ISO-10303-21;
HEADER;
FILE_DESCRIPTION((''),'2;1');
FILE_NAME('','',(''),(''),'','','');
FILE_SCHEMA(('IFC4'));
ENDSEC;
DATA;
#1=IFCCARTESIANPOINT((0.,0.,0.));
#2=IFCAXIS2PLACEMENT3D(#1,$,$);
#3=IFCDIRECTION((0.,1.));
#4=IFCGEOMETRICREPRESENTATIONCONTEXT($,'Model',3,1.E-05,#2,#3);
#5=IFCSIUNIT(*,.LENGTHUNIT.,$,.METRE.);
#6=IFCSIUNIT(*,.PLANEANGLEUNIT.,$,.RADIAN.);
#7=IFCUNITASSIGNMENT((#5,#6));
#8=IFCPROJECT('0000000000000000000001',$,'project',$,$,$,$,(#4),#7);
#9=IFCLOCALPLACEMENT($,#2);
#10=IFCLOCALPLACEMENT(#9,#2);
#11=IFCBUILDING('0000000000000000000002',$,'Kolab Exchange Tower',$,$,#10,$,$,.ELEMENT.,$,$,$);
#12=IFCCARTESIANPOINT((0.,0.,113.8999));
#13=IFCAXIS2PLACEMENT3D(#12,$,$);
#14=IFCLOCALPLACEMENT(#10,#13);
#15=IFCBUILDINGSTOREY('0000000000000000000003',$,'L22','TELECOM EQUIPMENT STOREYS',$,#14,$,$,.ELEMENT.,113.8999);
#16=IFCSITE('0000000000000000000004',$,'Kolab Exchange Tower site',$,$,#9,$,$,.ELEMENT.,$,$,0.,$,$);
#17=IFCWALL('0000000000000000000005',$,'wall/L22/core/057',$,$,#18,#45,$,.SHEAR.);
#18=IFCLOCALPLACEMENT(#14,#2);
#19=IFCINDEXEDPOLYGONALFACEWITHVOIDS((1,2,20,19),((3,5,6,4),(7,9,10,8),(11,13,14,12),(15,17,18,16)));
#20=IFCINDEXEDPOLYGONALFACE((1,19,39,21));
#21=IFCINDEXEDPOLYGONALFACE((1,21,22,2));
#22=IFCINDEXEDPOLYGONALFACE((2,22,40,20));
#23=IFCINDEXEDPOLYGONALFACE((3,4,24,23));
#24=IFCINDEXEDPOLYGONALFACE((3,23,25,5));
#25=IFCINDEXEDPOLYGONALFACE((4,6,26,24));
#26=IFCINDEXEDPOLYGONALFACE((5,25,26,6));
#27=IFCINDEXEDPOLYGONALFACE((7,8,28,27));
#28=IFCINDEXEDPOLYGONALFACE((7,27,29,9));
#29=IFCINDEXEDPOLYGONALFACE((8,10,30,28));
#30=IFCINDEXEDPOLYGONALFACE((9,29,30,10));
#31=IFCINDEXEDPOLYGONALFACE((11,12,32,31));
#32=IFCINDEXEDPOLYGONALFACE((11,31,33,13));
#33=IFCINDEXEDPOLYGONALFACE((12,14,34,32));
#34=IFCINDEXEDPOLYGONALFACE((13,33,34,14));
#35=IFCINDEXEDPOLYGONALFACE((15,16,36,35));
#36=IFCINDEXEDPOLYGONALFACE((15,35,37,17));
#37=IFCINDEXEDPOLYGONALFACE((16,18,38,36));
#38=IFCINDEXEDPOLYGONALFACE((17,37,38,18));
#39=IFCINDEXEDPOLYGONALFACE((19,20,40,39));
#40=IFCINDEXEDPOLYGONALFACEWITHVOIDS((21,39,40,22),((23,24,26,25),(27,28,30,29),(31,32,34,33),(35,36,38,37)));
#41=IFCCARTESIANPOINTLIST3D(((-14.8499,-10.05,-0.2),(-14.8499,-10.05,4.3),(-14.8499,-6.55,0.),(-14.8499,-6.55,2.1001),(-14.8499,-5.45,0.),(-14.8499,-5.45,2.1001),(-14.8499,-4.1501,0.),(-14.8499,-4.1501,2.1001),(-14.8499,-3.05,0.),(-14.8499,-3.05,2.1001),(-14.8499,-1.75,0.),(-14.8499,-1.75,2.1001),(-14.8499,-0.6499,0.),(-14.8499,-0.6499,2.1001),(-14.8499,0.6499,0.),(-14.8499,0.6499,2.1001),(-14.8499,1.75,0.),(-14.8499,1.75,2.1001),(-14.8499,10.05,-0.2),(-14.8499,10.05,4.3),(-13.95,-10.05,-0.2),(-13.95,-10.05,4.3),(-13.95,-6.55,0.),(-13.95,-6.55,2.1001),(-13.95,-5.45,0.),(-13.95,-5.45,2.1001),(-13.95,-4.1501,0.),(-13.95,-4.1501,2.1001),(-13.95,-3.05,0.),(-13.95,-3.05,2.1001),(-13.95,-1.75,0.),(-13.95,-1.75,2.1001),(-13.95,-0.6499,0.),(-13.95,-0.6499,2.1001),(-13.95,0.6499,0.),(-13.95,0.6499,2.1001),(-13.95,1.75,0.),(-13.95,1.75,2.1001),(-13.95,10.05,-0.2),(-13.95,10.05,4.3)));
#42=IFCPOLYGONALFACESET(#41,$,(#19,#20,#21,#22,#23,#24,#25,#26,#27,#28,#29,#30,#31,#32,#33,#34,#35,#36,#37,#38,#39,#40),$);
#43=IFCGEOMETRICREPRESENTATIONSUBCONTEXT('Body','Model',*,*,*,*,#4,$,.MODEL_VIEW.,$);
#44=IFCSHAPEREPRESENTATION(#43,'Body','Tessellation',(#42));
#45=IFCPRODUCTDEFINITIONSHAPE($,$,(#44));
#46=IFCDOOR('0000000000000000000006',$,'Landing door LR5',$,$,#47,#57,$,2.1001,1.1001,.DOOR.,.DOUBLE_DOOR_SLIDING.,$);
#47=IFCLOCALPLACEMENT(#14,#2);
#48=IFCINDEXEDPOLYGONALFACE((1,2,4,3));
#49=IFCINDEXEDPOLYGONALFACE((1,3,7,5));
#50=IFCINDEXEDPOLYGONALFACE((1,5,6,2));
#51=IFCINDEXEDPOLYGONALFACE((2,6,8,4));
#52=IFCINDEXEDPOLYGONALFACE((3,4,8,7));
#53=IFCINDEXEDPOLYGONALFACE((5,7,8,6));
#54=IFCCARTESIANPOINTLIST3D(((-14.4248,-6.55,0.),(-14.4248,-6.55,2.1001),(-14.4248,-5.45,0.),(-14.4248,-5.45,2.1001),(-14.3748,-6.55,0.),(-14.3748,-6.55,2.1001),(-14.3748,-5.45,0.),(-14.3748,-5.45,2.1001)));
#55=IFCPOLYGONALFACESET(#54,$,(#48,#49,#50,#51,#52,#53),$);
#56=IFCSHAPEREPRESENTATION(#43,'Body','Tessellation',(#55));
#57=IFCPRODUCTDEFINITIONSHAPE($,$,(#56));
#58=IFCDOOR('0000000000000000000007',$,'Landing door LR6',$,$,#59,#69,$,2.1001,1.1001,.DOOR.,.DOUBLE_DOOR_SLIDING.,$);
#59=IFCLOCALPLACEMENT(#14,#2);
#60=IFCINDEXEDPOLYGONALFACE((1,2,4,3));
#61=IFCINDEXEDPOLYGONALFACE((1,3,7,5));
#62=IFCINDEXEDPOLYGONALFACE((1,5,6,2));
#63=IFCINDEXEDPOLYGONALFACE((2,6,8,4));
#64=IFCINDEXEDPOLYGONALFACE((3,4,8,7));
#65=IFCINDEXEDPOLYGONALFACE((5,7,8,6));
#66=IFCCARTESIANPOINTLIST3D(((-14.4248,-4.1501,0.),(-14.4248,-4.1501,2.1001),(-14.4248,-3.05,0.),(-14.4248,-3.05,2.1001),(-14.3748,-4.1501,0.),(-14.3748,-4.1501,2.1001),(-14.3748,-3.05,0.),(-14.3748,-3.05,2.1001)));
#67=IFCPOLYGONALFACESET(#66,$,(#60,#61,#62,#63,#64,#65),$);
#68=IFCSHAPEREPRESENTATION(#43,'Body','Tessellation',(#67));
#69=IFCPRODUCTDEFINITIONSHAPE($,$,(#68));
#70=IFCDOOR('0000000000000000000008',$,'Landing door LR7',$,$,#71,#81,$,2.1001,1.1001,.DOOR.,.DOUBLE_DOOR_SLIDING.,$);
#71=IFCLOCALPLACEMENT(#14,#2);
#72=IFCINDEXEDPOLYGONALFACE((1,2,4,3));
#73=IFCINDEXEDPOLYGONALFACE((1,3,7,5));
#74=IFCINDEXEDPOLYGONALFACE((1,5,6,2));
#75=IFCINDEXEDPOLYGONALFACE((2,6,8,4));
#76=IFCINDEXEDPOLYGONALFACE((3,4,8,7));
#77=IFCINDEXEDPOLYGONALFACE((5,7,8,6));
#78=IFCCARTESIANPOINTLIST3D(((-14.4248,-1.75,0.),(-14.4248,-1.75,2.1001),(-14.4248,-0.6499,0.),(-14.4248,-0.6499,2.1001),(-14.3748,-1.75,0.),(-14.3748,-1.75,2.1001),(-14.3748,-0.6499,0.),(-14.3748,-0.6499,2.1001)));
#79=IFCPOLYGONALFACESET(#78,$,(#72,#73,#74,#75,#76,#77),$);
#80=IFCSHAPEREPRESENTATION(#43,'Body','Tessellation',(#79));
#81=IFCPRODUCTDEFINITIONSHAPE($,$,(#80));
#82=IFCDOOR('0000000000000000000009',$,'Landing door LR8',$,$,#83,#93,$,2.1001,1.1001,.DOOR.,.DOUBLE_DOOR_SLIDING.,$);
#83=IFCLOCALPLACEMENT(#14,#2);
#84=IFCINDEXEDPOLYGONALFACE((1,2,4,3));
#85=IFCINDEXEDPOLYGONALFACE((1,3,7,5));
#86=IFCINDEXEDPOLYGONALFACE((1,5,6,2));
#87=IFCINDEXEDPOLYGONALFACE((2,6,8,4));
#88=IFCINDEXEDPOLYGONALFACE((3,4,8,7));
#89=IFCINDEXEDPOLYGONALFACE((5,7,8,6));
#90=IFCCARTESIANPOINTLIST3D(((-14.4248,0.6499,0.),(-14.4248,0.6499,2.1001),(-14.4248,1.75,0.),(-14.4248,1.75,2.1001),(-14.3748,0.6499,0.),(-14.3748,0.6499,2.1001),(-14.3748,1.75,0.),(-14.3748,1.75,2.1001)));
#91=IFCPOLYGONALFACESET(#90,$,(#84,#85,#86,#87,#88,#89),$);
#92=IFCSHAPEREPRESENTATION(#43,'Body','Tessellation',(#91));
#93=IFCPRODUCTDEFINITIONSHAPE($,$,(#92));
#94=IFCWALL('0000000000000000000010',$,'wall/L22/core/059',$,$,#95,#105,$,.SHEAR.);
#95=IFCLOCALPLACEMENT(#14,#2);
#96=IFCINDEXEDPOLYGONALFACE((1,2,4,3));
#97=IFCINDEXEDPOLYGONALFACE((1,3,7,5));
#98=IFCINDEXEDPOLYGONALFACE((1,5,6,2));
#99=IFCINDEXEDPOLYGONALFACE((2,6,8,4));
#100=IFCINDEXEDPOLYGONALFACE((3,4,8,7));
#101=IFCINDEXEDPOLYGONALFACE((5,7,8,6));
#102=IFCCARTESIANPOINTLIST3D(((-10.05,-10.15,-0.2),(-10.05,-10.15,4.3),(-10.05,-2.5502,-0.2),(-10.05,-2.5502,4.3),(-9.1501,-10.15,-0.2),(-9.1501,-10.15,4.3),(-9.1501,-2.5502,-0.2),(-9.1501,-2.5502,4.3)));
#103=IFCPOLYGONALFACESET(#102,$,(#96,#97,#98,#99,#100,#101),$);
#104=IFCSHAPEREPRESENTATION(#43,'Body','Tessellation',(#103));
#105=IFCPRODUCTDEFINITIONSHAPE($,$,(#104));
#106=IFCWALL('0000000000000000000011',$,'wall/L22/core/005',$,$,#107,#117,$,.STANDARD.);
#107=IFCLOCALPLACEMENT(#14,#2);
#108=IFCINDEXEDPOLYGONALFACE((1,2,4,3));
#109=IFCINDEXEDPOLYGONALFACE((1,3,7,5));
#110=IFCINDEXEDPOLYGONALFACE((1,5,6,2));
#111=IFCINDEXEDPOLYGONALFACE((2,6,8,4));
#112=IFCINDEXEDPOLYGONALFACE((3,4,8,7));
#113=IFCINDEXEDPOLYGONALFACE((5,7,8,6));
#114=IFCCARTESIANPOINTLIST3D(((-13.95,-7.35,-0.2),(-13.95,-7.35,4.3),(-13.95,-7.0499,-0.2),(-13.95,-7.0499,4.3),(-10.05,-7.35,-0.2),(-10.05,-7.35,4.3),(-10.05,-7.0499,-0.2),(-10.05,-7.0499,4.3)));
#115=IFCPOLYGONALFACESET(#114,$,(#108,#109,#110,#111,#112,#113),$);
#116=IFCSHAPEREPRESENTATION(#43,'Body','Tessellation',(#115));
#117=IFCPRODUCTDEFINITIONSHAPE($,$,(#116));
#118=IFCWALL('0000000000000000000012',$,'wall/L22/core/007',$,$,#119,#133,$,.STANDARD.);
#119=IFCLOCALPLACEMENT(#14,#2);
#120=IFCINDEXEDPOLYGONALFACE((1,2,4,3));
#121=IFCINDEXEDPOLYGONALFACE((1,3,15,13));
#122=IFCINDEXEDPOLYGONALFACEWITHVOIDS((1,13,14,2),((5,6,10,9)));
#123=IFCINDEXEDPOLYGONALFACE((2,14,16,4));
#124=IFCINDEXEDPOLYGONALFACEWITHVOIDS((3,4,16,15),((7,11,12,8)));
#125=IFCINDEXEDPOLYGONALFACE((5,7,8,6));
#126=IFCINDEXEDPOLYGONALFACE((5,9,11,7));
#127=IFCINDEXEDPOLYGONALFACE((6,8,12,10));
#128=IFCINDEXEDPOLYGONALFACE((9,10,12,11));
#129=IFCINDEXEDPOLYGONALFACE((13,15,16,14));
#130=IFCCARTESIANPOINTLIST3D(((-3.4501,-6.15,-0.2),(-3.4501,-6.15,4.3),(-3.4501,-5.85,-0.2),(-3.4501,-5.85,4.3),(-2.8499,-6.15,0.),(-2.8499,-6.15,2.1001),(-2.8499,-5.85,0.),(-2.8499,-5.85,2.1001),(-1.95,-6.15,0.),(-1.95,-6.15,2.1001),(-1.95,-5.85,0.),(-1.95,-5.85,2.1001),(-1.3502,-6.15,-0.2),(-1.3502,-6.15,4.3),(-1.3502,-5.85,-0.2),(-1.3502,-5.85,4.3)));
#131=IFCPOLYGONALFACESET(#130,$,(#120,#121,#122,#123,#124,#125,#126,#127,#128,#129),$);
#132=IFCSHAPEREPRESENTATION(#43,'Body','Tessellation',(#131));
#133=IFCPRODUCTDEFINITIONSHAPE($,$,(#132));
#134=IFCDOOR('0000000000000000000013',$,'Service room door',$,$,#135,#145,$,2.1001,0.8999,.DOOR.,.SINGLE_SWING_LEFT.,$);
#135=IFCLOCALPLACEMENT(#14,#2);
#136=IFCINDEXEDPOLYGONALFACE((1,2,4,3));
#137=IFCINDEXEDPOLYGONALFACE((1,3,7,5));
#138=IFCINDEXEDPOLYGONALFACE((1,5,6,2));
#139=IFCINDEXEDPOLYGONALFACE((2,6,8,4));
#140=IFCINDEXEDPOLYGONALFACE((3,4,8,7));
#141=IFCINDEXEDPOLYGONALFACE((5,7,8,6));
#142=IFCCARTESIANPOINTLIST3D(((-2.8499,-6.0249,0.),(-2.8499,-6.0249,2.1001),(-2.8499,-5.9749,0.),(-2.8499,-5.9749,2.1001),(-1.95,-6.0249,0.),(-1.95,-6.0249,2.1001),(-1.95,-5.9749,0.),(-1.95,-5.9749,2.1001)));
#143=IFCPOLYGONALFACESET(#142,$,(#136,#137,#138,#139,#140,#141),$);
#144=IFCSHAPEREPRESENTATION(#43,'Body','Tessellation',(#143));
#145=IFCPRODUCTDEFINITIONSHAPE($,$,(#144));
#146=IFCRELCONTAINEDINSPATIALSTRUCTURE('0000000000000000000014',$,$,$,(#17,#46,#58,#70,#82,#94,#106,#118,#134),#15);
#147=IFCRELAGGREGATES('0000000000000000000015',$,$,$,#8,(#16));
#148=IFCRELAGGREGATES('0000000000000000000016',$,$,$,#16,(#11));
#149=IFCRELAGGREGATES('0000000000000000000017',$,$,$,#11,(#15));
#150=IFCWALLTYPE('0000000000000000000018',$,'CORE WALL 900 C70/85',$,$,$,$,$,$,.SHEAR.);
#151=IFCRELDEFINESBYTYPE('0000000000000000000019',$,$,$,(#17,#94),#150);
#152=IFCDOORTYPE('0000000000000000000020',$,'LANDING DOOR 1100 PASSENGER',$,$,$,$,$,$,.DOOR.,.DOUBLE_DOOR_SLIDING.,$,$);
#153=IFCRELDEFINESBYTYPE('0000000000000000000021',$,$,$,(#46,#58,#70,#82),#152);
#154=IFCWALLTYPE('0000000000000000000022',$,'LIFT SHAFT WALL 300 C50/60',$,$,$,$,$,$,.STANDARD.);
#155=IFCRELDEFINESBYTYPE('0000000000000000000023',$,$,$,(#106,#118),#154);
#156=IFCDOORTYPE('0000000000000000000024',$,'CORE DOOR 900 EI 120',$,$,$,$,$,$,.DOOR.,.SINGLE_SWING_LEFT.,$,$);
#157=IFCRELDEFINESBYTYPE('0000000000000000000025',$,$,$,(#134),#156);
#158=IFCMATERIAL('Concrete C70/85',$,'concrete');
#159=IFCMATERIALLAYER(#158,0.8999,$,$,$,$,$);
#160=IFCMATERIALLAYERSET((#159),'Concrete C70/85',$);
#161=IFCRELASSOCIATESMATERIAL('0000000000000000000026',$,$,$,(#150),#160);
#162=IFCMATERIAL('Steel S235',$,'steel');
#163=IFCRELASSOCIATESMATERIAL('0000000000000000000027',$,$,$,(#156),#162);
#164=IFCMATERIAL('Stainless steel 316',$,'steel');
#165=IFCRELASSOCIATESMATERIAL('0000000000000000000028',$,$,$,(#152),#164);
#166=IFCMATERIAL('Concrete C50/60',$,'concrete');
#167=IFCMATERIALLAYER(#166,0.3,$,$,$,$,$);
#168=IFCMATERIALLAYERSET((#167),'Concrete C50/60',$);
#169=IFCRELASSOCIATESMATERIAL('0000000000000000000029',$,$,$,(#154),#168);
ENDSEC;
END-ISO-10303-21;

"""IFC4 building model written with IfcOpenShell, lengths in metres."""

from ifc_helpers import new_model, si_unit, direction, frame, frame_2d, origin, place, context, subcontext, project, spatial, rectangle, extrude, material, layer, layer_set, type_object, element, fill, save


model = new_model("IFC4")

# Units and contexts
model_context = context("Model", 3, precision=1e-05, world=origin(), true_north=direction((0.0, 1.0)))
body_context = subcontext(model_context, "Body", "Model", "MODEL_VIEW")
ifc_project = project(units=[si_unit("LENGTHUNIT", "METRE"), si_unit("PLANEANGLEUNIT", "RADIAN")], contexts=[model_context])

# Site, building, storey
site_placement = place(None, origin())
site = spatial("IfcSite", under=ifc_project, at=site_placement, Name="Kolab Exchange Tower site", CompositionType="ELEMENT", RefElevation=0.0)
building_placement = place(site_placement, origin())
building = spatial("IfcBuilding", under=site, at=building_placement, Name="Kolab Exchange Tower", CompositionType="ELEMENT")
storey_placement = place(building_placement, frame((0.0, 0.0, 113.8999)))
storey = spatial("IfcBuildingStorey", under=building, at=storey_placement, Name="L22", Description="TELECOM EQUIPMENT STOREYS", CompositionType="ELEMENT", Elevation=113.8999)

# Shared definitions
ifc_material_1 = material(Name="Concrete C70/85", Category="concrete")
ifc_layer_1 = layer(ifc_material_1, 0.8999)
ifc_layer_set_1 = layer_set([ifc_layer_1], Name="Concrete C70/85")
wall_type_1 = type_object("IfcWallType", Name="CORE WALL 900 C70/85", PredefinedType="SHEAR", material=ifc_layer_set_1)
ifc_material_2 = material(Name="Steel S235", Category="steel")
door_type_1 = type_object("IfcDoorType", Name="CORE DOOR 900 EI 120", OperationType="SINGLE_SWING_LEFT", PredefinedType="DOOR", material=ifc_material_2)

# Wall, openings, doors
wall_1_placement = place(storey_placement, frame((-14.3999, -10.05, -0.2), z_axis=(0.0, 0.0, 1.0), x_axis=(0.0, 1.0, 0.0)))
wall_1 = element("IfcWall", 1, at=wall_1_placement, inside=storey, type_object=wall_type_1, Name="wall/L22/core/057", PredefinedType="SHEAR", context=body_context, shape_type="SweptSolid", body=[
    extrude(rectangle(XDim=20.1001, YDim=0.8999, at=frame_2d((10.05, 0.0))), origin(), (0.0, 0.0, 1.0), 4.5),
])
opening_1_placement = place(wall_1_placement, frame((3.5, 0.0, 0.2)))
opening_1 = element("IfcOpeningElement", 2, at=opening_1_placement, cuts=wall_1, PredefinedType="OPENING", context=body_context, shape_type="SweptSolid", body=[
    extrude(rectangle(XDim=1.1001, YDim=2.1001, at=frame_2d((0.55, 1.05))), frame((0.0, 0.46, 0.0), z_axis=(0.0, -1.0, 0.0), x_axis=(1.0, 0.0, 0.0)), (0.0, 0.0, 1.0), 0.9199),
])
opening_2_placement = place(wall_1_placement, frame((5.8999, 0.0, 0.2)))
opening_2 = element("IfcOpeningElement", 3, at=opening_2_placement, cuts=wall_1, PredefinedType="OPENING", context=body_context, shape_type="SweptSolid", body=[
    extrude(rectangle(XDim=1.1001, YDim=2.1001, at=frame_2d((0.55, 1.05))), frame((0.0, 0.46, 0.0), z_axis=(0.0, -1.0, 0.0), x_axis=(1.0, 0.0, 0.0)), (0.0, 0.0, 1.0), 0.9199),
])
opening_3_placement = place(wall_1_placement, frame((8.3, 0.0, 0.2)))
opening_3 = element("IfcOpeningElement", 4, at=opening_3_placement, cuts=wall_1, PredefinedType="OPENING", context=body_context, shape_type="SweptSolid", body=[
    extrude(rectangle(XDim=1.1001, YDim=2.1001, at=frame_2d((0.55, 1.05))), frame((0.0, 0.46, 0.0), z_axis=(0.0, -1.0, 0.0), x_axis=(1.0, 0.0, 0.0)), (0.0, 0.0, 1.0), 0.9199),
])
opening_4_placement = place(wall_1_placement, frame((10.7, 0.0, 0.2)))
opening_4 = element("IfcOpeningElement", 5, at=opening_4_placement, cuts=wall_1, PredefinedType="OPENING", context=body_context, shape_type="SweptSolid", body=[
    extrude(rectangle(XDim=1.1001, YDim=2.1001, at=frame_2d((0.55, 1.05))), frame((0.0, 0.46, 0.0), z_axis=(0.0, -1.0, 0.0), x_axis=(1.0, 0.0, 0.0)), (0.0, 0.0, 1.0), 0.9199),
])
ifc_material_3 = material(Name="Stainless steel 316", Category="steel")
door_type_2 = type_object("IfcDoorType", Name="LANDING DOOR 1100 PASSENGER", OperationType="DOUBLE_DOOR_SLIDING", PredefinedType="DOOR", material=ifc_material_3)
door_1_placement = place(opening_1_placement, origin())
door_1 = element("IfcDoor", 6, at=door_1_placement, inside=storey, type_object=door_type_2, Name="Landing door LR5", OperationType="DOUBLE_DOOR_SLIDING", OverallHeight=2.1001, OverallWidth=1.1001, PredefinedType="DOOR", context=body_context, shape_type="SweptSolid", body=[
    extrude(rectangle(XDim=1.1001, YDim=2.1001, at=frame_2d((0.55, 1.05))), frame((0.0, 0.0249, 0.0), z_axis=(0.0, -1.0, 0.0), x_axis=(1.0, 0.0, 0.0)), (0.0, 0.0, 1.0), 0.05),
])
fill(opening_1, door_1)
door_2_placement = place(opening_2_placement, origin())
door_2 = element("IfcDoor", 7, at=door_2_placement, inside=storey, type_object=door_type_2, Name="Landing door LR6", OperationType="DOUBLE_DOOR_SLIDING", OverallHeight=2.1001, OverallWidth=1.1001, PredefinedType="DOOR", context=body_context, shape_type="SweptSolid", body=[
    extrude(rectangle(XDim=1.1001, YDim=2.1001, at=frame_2d((0.55, 1.05))), frame((0.0, 0.0249, 0.0), z_axis=(0.0, -1.0, 0.0), x_axis=(1.0, 0.0, 0.0)), (0.0, 0.0, 1.0), 0.05),
])
fill(opening_2, door_2)
door_3_placement = place(opening_3_placement, origin())
door_3 = element("IfcDoor", 8, at=door_3_placement, inside=storey, type_object=door_type_2, Name="Landing door LR7", OperationType="DOUBLE_DOOR_SLIDING", OverallHeight=2.1001, OverallWidth=1.1001, PredefinedType="DOOR", context=body_context, shape_type="SweptSolid", body=[
    extrude(rectangle(XDim=1.1001, YDim=2.1001, at=frame_2d((0.55, 1.05))), frame((0.0, 0.0249, 0.0), z_axis=(0.0, -1.0, 0.0), x_axis=(1.0, 0.0, 0.0)), (0.0, 0.0, 1.0), 0.05),
])
fill(opening_3, door_3)
door_4_placement = place(opening_4_placement, origin())
door_4 = element("IfcDoor", 9, at=door_4_placement, inside=storey, type_object=door_type_2, Name="Landing door LR8", OperationType="DOUBLE_DOOR_SLIDING", OverallHeight=2.1001, OverallWidth=1.1001, PredefinedType="DOOR", context=body_context, shape_type="SweptSolid", body=[
    extrude(rectangle(XDim=1.1001, YDim=2.1001, at=frame_2d((0.55, 1.05))), frame((0.0, 0.0249, 0.0), z_axis=(0.0, -1.0, 0.0), x_axis=(1.0, 0.0, 0.0)), (0.0, 0.0, 1.0), 0.05),
])
fill(opening_4, door_4)

# Walls
wall_2_placement = place(storey_placement, frame((-9.6001, -10.1499, -0.2), z_axis=(0.0, 0.0, 1.0), x_axis=(0.0, 1.0, 0.0)))
element("IfcWall", 10, at=wall_2_placement, inside=storey, type_object=wall_type_1, Name="wall/L22/core/059", PredefinedType="SHEAR", context=body_context, shape_type="SweptSolid", body=[
    extrude(rectangle(XDim=7.5999, YDim=0.8999, at=frame_2d((3.7998, 0.0))), origin(), (0.0, 0.0, 1.0), 4.5),
])
ifc_material_4 = material(Name="Concrete C50/60", Category="concrete")
ifc_layer_2 = layer(ifc_material_4, 0.3)
ifc_layer_set_2 = layer_set([ifc_layer_2], Name="Concrete C50/60")
wall_type_2 = type_object("IfcWallType", Name="LIFT SHAFT WALL 300 C50/60", PredefinedType="STANDARD", material=ifc_layer_set_2)
wall_3_placement = place(storey_placement, frame((-13.95, -7.2, -0.2), z_axis=(0.0, 0.0, 1.0), x_axis=(1.0, 0.0, 0.0)))
element("IfcWall", 11, at=wall_3_placement, inside=storey, type_object=wall_type_2, Name="wall/L22/core/005", PredefinedType="STANDARD", context=body_context, shape_type="SweptSolid", body=[
    extrude(rectangle(XDim=3.8999, YDim=0.3, at=frame_2d((1.95, 0.0))), origin(), (0.0, 0.0, 1.0), 4.5),
])

# Wall, opening, door
wall_4_placement = place(storey_placement, frame((-3.45, -6.0, -0.2), z_axis=(0.0, 0.0, 1.0), x_axis=(1.0, 0.0, 0.0)))
wall_4 = element("IfcWall", 12, at=wall_4_placement, inside=storey, type_object=wall_type_2, Name="wall/L22/core/007", PredefinedType="STANDARD", context=body_context, shape_type="SweptSolid", body=[
    extrude(rectangle(XDim=2.0999, YDim=0.3, at=frame_2d((1.0498, 0.0))), origin(), (0.0, 0.0, 1.0), 4.5),
])
opening_5_placement = place(wall_4_placement, frame((0.6001, 0.0, 0.2)))
opening_5 = element("IfcOpeningElement", 13, at=opening_5_placement, cuts=wall_4, PredefinedType="OPENING", context=body_context, shape_type="SweptSolid", body=[
    extrude(rectangle(XDim=0.8999, YDim=2.1001, at=frame_2d((0.45, 1.05))), frame((0.0, 0.1602, 0.0), z_axis=(0.0, -1.0, 0.0), x_axis=(1.0, 0.0, 0.0)), (0.0, 0.0, 1.0), 0.3201),
])
door_5_placement = place(opening_5_placement, frame((0.8999, 0.0, 0.0), z_axis=(0.0, 0.0, 1.0), x_axis=(-1.0, 0.0, 0.0)))
door_5 = element("IfcDoor", 14, at=door_5_placement, inside=storey, type_object=door_type_1, Name="Service room door", OperationType="SINGLE_SWING_LEFT", OverallHeight=2.1001, OverallWidth=0.8999, PredefinedType="DOOR", context=body_context, shape_type="SweptSolid", body=[
    extrude(rectangle(XDim=0.8999, YDim=2.1001, at=frame_2d((0.45, 1.05))), frame((0.0, 0.0249, 0.0), z_axis=(0.0, -1.0, 0.0), x_axis=(1.0, 0.0, 0.0)), (0.0, 0.0, 1.0), 0.05),
])
fill(opening_5, door_5)

save(model, "model.ifc")
